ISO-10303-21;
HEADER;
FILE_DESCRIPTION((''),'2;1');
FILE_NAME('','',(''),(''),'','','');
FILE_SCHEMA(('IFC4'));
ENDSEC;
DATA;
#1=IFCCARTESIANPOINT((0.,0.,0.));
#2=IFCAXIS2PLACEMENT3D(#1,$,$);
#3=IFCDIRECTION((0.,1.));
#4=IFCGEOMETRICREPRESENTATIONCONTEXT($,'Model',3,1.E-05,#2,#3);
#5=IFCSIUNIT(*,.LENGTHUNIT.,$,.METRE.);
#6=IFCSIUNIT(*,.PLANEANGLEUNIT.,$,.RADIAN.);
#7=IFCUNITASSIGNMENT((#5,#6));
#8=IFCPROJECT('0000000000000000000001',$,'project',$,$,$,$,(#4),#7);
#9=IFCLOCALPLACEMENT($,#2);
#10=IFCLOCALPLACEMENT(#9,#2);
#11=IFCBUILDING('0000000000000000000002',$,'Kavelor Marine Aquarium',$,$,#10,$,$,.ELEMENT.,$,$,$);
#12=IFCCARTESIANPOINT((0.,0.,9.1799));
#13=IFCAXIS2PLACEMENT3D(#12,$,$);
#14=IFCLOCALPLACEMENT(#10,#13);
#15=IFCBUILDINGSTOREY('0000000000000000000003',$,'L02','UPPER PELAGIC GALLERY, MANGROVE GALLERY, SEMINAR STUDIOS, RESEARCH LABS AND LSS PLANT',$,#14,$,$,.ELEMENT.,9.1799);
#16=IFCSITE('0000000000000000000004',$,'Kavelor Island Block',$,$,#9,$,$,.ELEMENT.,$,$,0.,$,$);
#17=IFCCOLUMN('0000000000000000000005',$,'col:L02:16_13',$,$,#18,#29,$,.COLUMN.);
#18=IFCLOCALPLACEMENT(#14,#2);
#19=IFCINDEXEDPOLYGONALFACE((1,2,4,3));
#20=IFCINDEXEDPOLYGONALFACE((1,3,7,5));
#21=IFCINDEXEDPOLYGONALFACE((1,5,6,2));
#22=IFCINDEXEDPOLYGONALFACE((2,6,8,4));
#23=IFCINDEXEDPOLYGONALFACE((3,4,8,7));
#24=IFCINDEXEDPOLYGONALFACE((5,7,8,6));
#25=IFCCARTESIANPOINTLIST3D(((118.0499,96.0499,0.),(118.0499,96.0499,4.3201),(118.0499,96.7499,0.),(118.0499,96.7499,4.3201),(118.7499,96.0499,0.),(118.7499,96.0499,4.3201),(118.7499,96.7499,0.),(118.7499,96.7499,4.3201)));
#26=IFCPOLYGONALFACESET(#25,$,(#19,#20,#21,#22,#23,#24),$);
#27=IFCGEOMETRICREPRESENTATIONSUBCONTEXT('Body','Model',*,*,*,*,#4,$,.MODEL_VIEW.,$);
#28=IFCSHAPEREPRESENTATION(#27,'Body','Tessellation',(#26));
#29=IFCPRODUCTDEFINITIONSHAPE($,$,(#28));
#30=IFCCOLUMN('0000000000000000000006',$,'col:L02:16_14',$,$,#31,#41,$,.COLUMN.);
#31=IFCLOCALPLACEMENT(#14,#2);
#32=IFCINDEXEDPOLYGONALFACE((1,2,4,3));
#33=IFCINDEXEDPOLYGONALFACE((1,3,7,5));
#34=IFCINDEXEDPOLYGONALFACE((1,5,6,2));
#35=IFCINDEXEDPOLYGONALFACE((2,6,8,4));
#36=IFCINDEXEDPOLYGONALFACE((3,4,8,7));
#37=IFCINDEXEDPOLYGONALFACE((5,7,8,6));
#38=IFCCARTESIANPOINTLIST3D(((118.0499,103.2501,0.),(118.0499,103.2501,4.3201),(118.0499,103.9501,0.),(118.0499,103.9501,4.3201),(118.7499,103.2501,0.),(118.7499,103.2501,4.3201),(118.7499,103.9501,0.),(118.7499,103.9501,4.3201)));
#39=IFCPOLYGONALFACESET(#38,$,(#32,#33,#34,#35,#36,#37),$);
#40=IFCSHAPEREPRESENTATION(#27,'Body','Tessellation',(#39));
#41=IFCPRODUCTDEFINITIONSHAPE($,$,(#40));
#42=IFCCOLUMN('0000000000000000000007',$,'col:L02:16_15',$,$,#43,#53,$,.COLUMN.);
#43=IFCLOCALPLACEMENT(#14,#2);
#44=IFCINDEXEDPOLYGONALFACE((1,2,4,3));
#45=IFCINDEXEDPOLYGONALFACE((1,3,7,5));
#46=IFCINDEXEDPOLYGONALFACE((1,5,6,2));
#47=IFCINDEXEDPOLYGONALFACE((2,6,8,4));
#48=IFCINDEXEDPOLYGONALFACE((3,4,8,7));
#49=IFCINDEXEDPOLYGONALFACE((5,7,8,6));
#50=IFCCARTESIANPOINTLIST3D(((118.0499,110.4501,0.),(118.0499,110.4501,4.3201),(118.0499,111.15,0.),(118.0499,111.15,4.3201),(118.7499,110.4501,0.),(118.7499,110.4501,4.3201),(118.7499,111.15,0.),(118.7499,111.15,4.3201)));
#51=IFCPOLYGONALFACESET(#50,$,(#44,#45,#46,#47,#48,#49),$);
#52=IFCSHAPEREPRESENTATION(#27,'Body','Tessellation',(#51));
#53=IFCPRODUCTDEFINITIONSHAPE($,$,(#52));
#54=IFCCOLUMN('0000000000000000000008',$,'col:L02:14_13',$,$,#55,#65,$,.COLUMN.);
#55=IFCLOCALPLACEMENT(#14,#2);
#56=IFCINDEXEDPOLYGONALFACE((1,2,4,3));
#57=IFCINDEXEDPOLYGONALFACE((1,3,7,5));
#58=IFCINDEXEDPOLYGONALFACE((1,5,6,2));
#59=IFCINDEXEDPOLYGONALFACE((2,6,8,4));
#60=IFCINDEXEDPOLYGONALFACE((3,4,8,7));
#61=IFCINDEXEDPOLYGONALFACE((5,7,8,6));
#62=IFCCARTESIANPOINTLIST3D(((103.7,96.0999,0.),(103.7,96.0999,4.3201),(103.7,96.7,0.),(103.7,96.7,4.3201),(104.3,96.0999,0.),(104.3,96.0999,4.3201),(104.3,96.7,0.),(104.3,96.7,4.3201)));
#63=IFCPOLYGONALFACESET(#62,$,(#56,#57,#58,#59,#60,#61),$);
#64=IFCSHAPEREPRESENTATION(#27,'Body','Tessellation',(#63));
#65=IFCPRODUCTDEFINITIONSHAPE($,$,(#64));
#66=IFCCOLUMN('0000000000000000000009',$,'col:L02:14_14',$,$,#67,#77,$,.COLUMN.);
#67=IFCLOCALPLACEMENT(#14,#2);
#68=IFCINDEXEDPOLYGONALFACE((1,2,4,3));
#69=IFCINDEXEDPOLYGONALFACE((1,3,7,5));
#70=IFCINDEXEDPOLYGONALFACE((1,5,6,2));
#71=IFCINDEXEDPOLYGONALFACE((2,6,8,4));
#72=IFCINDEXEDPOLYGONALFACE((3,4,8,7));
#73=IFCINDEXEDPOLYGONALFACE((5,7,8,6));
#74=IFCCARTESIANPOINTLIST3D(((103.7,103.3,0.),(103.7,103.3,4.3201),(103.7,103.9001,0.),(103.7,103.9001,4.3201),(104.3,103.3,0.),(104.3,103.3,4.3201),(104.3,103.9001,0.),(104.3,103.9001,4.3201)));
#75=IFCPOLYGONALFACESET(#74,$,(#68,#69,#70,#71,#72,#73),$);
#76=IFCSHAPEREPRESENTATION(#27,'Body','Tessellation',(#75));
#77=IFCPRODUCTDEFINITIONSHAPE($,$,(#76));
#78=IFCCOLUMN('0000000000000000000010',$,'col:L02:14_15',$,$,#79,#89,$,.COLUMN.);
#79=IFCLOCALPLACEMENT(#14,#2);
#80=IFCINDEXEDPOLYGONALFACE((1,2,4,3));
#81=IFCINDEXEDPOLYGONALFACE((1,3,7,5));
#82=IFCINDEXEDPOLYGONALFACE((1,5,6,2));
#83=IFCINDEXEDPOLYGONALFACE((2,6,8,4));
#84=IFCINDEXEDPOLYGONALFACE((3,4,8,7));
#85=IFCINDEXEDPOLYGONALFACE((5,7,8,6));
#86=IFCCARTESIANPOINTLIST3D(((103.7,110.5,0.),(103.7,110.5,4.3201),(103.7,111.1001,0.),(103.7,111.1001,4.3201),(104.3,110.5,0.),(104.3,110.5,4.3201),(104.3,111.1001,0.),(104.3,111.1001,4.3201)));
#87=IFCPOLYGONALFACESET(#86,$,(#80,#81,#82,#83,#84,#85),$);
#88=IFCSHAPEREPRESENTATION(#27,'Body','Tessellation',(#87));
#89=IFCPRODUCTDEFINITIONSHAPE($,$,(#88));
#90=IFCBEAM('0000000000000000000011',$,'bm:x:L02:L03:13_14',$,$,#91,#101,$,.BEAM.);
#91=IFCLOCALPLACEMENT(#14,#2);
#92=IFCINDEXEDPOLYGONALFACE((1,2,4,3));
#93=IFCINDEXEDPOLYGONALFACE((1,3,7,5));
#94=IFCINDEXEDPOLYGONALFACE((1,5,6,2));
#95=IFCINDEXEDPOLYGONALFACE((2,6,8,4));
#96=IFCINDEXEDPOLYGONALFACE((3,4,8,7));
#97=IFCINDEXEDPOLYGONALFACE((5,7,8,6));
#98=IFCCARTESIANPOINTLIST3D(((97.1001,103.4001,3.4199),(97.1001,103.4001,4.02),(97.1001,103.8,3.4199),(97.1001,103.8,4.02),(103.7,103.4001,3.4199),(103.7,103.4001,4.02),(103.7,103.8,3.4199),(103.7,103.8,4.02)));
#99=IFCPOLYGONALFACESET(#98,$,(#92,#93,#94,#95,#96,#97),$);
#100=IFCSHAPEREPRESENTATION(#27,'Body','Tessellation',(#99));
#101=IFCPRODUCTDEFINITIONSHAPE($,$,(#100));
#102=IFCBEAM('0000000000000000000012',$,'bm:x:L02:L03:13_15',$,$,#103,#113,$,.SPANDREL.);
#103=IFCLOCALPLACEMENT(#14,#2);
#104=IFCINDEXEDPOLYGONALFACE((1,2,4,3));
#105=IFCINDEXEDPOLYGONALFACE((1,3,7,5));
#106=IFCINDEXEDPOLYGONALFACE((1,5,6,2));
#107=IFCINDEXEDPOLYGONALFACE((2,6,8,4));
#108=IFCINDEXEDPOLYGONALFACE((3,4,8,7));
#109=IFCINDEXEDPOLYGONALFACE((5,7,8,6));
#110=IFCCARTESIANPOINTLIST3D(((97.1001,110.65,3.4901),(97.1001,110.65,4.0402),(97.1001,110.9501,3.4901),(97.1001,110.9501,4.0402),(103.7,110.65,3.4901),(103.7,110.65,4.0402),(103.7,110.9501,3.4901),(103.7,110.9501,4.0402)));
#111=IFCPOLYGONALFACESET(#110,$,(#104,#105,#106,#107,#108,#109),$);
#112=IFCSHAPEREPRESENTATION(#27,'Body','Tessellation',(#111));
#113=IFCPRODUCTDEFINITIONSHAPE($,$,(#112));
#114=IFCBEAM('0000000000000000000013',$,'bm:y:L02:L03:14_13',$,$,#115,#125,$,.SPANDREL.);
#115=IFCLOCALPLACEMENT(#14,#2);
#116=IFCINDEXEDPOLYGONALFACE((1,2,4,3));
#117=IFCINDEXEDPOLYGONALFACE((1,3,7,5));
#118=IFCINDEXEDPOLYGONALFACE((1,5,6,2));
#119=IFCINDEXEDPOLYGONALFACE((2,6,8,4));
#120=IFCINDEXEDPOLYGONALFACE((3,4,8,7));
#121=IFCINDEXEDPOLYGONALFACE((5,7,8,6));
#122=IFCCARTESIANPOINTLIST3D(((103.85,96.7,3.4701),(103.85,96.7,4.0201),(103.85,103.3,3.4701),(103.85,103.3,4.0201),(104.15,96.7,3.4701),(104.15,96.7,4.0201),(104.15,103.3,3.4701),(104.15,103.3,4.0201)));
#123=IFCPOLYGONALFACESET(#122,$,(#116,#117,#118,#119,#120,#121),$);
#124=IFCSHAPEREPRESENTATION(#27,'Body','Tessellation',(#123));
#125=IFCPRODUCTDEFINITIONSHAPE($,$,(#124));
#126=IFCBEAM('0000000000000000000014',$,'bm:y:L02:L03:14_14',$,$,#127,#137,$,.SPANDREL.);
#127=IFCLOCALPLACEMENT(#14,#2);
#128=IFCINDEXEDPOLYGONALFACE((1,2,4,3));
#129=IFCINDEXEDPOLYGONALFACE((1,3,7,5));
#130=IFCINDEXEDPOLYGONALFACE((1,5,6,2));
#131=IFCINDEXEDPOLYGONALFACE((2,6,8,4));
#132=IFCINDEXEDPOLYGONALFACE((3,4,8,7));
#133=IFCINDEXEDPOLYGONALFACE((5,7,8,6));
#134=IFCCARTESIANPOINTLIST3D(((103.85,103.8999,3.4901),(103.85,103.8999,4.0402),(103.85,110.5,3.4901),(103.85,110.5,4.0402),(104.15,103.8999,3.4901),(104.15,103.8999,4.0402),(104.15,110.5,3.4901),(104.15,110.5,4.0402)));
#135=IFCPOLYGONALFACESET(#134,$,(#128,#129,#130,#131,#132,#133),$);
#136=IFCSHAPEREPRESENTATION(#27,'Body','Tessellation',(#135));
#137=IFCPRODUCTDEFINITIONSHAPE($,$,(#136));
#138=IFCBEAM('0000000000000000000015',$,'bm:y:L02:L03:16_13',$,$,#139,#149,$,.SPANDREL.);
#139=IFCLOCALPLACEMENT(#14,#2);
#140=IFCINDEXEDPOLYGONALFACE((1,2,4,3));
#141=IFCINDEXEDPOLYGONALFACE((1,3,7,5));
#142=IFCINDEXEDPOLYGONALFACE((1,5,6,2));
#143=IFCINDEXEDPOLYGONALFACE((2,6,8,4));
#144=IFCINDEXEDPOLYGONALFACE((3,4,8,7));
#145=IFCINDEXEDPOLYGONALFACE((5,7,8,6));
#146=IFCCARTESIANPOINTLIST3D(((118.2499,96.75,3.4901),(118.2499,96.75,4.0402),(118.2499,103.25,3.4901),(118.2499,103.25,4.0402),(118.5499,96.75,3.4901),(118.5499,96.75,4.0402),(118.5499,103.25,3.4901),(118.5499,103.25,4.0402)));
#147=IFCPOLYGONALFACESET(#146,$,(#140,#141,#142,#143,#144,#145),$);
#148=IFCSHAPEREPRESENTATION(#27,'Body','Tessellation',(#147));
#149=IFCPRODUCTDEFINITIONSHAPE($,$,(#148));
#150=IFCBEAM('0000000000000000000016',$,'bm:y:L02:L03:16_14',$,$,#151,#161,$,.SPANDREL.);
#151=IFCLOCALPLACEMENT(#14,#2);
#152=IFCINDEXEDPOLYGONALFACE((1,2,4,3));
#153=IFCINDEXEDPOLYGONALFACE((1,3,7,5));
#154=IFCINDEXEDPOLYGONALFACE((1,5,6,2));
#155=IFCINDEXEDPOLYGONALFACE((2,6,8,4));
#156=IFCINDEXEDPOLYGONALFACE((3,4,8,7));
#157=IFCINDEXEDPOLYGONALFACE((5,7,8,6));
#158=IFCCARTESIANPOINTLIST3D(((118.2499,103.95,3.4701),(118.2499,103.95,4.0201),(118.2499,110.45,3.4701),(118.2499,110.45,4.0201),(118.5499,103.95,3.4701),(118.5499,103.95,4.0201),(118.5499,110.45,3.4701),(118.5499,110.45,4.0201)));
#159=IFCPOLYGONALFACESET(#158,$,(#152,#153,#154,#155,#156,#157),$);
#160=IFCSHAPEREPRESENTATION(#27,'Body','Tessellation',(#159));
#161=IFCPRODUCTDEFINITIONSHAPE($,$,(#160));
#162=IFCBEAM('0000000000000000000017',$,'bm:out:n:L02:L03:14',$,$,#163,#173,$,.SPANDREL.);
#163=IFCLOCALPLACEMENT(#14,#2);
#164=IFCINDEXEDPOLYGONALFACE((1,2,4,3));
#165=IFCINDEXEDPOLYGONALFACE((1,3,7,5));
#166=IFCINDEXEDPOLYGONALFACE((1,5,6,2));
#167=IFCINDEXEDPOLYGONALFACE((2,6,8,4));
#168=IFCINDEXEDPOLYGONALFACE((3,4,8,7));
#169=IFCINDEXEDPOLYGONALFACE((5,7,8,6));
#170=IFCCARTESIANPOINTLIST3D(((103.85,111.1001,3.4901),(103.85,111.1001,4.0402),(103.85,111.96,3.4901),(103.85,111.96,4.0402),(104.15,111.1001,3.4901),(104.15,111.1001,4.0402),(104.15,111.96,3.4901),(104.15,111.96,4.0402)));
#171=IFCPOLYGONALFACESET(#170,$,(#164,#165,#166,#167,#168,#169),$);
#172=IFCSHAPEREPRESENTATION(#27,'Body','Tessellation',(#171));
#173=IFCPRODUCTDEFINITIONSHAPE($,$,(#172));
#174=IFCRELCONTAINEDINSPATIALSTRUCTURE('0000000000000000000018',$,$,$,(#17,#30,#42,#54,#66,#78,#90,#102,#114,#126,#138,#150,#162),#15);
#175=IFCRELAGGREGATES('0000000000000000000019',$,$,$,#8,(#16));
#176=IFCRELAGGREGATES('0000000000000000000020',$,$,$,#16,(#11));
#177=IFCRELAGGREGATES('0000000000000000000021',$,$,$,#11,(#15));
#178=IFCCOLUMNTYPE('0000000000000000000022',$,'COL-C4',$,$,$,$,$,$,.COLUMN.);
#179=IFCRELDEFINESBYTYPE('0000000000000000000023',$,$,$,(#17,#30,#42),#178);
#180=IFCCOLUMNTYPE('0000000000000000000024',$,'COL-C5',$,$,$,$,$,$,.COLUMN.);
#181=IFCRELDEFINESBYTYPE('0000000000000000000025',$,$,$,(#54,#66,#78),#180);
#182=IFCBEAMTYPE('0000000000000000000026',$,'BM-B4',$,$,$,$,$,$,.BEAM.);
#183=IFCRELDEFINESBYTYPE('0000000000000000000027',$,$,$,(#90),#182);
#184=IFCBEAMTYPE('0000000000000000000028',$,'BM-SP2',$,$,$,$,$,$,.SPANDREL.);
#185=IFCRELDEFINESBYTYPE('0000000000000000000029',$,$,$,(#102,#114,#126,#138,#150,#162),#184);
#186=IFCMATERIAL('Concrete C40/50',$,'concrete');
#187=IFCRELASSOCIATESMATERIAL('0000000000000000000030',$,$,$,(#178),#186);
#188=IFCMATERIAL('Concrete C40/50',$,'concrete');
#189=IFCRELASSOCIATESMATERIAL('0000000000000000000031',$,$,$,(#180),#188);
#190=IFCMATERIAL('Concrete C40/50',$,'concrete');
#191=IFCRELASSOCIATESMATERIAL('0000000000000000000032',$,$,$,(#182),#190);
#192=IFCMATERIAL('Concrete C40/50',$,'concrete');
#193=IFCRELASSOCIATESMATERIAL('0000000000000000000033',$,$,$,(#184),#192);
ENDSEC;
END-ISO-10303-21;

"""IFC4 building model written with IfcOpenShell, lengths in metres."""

from ifc_helpers import new_model, si_unit, direction, frame, origin, origin_2d, place, context, subcontext, project, spatial, rectangle, extrude, material, material_profile, profile_set, type_object, element, save


model = new_model("IFC4")

# Units and contexts
model_context = context("Model", 3, precision=1e-05, world=origin(), true_north=direction((0.0, 1.0)))
body_context = subcontext(model_context, "Body", "Model", "MODEL_VIEW")
ifc_project = project(units=[si_unit("LENGTHUNIT", "METRE"), si_unit("PLANEANGLEUNIT", "RADIAN")], contexts=[model_context])

# Site, building, storey
site_placement = place(None, origin())
site = spatial("IfcSite", under=ifc_project, at=site_placement, Name="Kavelor Island Block", CompositionType="ELEMENT", RefElevation=0.0)
building_placement = place(site_placement, origin())
building = spatial("IfcBuilding", under=site, at=building_placement, Name="Kavelor Marine Aquarium", CompositionType="ELEMENT")
storey_placement = place(building_placement, frame((0.0, 0.0, 9.1799)))
storey = spatial("IfcBuildingStorey", under=building, at=storey_placement, Name="L02", Description="UPPER PELAGIC GALLERY, MANGROVE GALLERY, SEMINAR STUDIOS, RESEARCH LABS AND LSS PLANT", CompositionType="ELEMENT", Elevation=9.1799)

# Columns
ifc_material_1 = material(Name="Concrete C40/50", Category="concrete")
ifc_material_profile_1 = material_profile(ifc_material_1, rectangle(XDim=0.7, YDim=0.7, at=origin_2d()), Name="RC-COL 700x700")
ifc_profile_set_1 = profile_set([ifc_material_profile_1], Name="Concrete C40/50")
column_type_1 = type_object("IfcColumnType", Name="COL-C4", PredefinedType="COLUMN", material=ifc_profile_set_1)
for number, where, z_axis, x_axis, name in (
    (1, (118.3999, 96.3999, 0.0), (0.0, 0.0, 1.0), (1.0, 0.0, 0.0), "col:L02:16_13"),
    (2, (118.3999, 103.6001, 0.0), (0.0, 0.0, 1.0), (1.0, 0.0, 0.0), "col:L02:16_14"),
    (3, (118.3999, 110.8, 0.0), (0.0, 0.0, 1.0), (1.0, 0.0, 0.0), "col:L02:16_15"),
):
    element("IfcColumn", number, at=place(storey_placement, frame(where, z_axis=z_axis, x_axis=x_axis)), inside=storey, type_object=column_type_1, Name=name, PredefinedType="COLUMN", context=body_context, shape_type="SweptSolid", body=[
        extrude(rectangle(XDim=0.7, YDim=0.7, at=origin_2d()), origin(), (0.0, 0.0, 1.0), 4.3201),
    ])
ifc_material_2 = material(Name="Concrete C40/50", Category="concrete")
ifc_material_profile_2 = material_profile(ifc_material_2, rectangle(XDim=0.6001, YDim=0.6001, at=origin_2d()), Name="RC-COL 600x600")
ifc_profile_set_2 = profile_set([ifc_material_profile_2], Name="Concrete C40/50")
column_type_2 = type_object("IfcColumnType", Name="COL-C5", PredefinedType="COLUMN", material=ifc_profile_set_2)
for number, where, z_axis, x_axis, name in (
    (4, (104.0, 96.3999, 0.0), (0.0, 0.0, 1.0), (1.0, 0.0, 0.0), "col:L02:14_13"),
    (5, (104.0, 103.6001, 0.0), (0.0, 0.0, 1.0), (1.0, 0.0, 0.0), "col:L02:14_14"),
    (6, (104.0, 110.8, 0.0), (0.0, 0.0, 1.0), (1.0, 0.0, 0.0), "col:L02:14_15"),
):
    element("IfcColumn", number, at=place(storey_placement, frame(where, z_axis=z_axis, x_axis=x_axis)), inside=storey, type_object=column_type_2, Name=name, PredefinedType="COLUMN", context=body_context, shape_type="SweptSolid", body=[
        extrude(rectangle(XDim=0.6001, YDim=0.6001, at=origin_2d()), origin(), (0.0, 0.0, 1.0), 4.3201),
    ])

# Beams
ifc_material_3 = material(Name="Concrete C40/50", Category="concrete")
ifc_material_profile_3 = material_profile(ifc_material_3, rectangle(XDim=0.3999, YDim=0.6001, at=origin_2d()), Name="RC-BM 400x600")
ifc_profile_set_3 = profile_set([ifc_material_profile_3], Name="Concrete C40/50")
beam_type_1 = type_object("IfcBeamType", Name="BM-B4", PredefinedType="BEAM", material=ifc_profile_set_3)
beam_1_placement = place(storey_placement, frame((97.1001, 103.6001, 3.72), z_axis=(1.0, 0.0, 0.0), x_axis=(0.0, 1.0, 0.0)))
element("IfcBeam", 7, at=beam_1_placement, inside=storey, type_object=beam_type_1, Name="bm:x:L02:L03:13_14", PredefinedType="BEAM", context=body_context, shape_type="SweptSolid", body=[
    extrude(rectangle(XDim=0.3999, YDim=0.6001, at=origin_2d()), origin(), (0.0, 0.0, 1.0), 6.5999),
])
ifc_material_4 = material(Name="Concrete C40/50", Category="concrete")
ifc_material_profile_4 = material_profile(ifc_material_4, rectangle(XDim=0.3, YDim=0.55, at=origin_2d()), Name="RC-SP 300x550")
ifc_profile_set_4 = profile_set([ifc_material_profile_4], Name="Concrete C40/50")
beam_type_2 = type_object("IfcBeamType", Name="BM-SP2", PredefinedType="SPANDREL", material=ifc_profile_set_4)
beam_2_placement = place(storey_placement, frame((97.1001, 110.8, 3.7651), z_axis=(1.0, 0.0, 0.0), x_axis=(0.0, 1.0, 0.0)))
element("IfcBeam", 8, at=beam_2_placement, inside=storey, type_object=beam_type_2, Name="bm:x:L02:L03:13_15", PredefinedType="SPANDREL", context=body_context, shape_type="SweptSolid", body=[
    extrude(rectangle(XDim=0.3, YDim=0.55, at=origin_2d()), origin(), (0.0, 0.0, 1.0), 6.5999),
])
for number, where, z_axis, x_axis, name in (
    (9, (104.0, 96.7, 3.7451), (0.0, 1.0, 0.0), (-1.0, 0.0, 0.0), "bm:y:L02:L03:14_13"),
    (10, (104.0, 103.8999, 3.7651), (0.0, 1.0, 0.0), (-1.0, 0.0, 0.0), "bm:y:L02:L03:14_14"),
):
    element("IfcBeam", number, at=place(storey_placement, frame(where, z_axis=z_axis, x_axis=x_axis)), inside=storey, type_object=beam_type_2, Name=name, PredefinedType="SPANDREL", context=body_context, shape_type="SweptSolid", body=[
        extrude(rectangle(XDim=0.3, YDim=0.55, at=origin_2d()), origin(), (0.0, 0.0, 1.0), 6.6001),
    ])
for number, where, z_axis, x_axis, name in (
    (11, (118.3999, 96.75, 3.7651), (0.0, 1.0, 0.0), (-1.0, 0.0, 0.0), "bm:y:L02:L03:16_13"),
    (12, (118.3999, 103.95, 3.7451), (0.0, 1.0, 0.0), (-1.0, 0.0, 0.0), "bm:y:L02:L03:16_14"),
):
    element("IfcBeam", number, at=place(storey_placement, frame(where, z_axis=z_axis, x_axis=x_axis)), inside=storey, type_object=beam_type_2, Name=name, PredefinedType="SPANDREL", context=body_context, shape_type="SweptSolid", body=[
        extrude(rectangle(XDim=0.3, YDim=0.55, at=origin_2d()), origin(), (0.0, 0.0, 1.0), 6.5),
    ])
beam_3_placement = place(storey_placement, frame((104.0, 111.1001, 3.7651), z_axis=(0.0, 1.0, 0.0), x_axis=(-1.0, 0.0, 0.0)))
element("IfcBeam", 13, at=beam_3_placement, inside=storey, type_object=beam_type_2, Name="bm:out:n:L02:L03:14", PredefinedType="SPANDREL", context=body_context, shape_type="SweptSolid", body=[
    extrude(rectangle(XDim=0.3, YDim=0.55, at=origin_2d()), origin(), (0.0, 0.0, 1.0), 0.8599),
])

save(model, "model.ifc")
